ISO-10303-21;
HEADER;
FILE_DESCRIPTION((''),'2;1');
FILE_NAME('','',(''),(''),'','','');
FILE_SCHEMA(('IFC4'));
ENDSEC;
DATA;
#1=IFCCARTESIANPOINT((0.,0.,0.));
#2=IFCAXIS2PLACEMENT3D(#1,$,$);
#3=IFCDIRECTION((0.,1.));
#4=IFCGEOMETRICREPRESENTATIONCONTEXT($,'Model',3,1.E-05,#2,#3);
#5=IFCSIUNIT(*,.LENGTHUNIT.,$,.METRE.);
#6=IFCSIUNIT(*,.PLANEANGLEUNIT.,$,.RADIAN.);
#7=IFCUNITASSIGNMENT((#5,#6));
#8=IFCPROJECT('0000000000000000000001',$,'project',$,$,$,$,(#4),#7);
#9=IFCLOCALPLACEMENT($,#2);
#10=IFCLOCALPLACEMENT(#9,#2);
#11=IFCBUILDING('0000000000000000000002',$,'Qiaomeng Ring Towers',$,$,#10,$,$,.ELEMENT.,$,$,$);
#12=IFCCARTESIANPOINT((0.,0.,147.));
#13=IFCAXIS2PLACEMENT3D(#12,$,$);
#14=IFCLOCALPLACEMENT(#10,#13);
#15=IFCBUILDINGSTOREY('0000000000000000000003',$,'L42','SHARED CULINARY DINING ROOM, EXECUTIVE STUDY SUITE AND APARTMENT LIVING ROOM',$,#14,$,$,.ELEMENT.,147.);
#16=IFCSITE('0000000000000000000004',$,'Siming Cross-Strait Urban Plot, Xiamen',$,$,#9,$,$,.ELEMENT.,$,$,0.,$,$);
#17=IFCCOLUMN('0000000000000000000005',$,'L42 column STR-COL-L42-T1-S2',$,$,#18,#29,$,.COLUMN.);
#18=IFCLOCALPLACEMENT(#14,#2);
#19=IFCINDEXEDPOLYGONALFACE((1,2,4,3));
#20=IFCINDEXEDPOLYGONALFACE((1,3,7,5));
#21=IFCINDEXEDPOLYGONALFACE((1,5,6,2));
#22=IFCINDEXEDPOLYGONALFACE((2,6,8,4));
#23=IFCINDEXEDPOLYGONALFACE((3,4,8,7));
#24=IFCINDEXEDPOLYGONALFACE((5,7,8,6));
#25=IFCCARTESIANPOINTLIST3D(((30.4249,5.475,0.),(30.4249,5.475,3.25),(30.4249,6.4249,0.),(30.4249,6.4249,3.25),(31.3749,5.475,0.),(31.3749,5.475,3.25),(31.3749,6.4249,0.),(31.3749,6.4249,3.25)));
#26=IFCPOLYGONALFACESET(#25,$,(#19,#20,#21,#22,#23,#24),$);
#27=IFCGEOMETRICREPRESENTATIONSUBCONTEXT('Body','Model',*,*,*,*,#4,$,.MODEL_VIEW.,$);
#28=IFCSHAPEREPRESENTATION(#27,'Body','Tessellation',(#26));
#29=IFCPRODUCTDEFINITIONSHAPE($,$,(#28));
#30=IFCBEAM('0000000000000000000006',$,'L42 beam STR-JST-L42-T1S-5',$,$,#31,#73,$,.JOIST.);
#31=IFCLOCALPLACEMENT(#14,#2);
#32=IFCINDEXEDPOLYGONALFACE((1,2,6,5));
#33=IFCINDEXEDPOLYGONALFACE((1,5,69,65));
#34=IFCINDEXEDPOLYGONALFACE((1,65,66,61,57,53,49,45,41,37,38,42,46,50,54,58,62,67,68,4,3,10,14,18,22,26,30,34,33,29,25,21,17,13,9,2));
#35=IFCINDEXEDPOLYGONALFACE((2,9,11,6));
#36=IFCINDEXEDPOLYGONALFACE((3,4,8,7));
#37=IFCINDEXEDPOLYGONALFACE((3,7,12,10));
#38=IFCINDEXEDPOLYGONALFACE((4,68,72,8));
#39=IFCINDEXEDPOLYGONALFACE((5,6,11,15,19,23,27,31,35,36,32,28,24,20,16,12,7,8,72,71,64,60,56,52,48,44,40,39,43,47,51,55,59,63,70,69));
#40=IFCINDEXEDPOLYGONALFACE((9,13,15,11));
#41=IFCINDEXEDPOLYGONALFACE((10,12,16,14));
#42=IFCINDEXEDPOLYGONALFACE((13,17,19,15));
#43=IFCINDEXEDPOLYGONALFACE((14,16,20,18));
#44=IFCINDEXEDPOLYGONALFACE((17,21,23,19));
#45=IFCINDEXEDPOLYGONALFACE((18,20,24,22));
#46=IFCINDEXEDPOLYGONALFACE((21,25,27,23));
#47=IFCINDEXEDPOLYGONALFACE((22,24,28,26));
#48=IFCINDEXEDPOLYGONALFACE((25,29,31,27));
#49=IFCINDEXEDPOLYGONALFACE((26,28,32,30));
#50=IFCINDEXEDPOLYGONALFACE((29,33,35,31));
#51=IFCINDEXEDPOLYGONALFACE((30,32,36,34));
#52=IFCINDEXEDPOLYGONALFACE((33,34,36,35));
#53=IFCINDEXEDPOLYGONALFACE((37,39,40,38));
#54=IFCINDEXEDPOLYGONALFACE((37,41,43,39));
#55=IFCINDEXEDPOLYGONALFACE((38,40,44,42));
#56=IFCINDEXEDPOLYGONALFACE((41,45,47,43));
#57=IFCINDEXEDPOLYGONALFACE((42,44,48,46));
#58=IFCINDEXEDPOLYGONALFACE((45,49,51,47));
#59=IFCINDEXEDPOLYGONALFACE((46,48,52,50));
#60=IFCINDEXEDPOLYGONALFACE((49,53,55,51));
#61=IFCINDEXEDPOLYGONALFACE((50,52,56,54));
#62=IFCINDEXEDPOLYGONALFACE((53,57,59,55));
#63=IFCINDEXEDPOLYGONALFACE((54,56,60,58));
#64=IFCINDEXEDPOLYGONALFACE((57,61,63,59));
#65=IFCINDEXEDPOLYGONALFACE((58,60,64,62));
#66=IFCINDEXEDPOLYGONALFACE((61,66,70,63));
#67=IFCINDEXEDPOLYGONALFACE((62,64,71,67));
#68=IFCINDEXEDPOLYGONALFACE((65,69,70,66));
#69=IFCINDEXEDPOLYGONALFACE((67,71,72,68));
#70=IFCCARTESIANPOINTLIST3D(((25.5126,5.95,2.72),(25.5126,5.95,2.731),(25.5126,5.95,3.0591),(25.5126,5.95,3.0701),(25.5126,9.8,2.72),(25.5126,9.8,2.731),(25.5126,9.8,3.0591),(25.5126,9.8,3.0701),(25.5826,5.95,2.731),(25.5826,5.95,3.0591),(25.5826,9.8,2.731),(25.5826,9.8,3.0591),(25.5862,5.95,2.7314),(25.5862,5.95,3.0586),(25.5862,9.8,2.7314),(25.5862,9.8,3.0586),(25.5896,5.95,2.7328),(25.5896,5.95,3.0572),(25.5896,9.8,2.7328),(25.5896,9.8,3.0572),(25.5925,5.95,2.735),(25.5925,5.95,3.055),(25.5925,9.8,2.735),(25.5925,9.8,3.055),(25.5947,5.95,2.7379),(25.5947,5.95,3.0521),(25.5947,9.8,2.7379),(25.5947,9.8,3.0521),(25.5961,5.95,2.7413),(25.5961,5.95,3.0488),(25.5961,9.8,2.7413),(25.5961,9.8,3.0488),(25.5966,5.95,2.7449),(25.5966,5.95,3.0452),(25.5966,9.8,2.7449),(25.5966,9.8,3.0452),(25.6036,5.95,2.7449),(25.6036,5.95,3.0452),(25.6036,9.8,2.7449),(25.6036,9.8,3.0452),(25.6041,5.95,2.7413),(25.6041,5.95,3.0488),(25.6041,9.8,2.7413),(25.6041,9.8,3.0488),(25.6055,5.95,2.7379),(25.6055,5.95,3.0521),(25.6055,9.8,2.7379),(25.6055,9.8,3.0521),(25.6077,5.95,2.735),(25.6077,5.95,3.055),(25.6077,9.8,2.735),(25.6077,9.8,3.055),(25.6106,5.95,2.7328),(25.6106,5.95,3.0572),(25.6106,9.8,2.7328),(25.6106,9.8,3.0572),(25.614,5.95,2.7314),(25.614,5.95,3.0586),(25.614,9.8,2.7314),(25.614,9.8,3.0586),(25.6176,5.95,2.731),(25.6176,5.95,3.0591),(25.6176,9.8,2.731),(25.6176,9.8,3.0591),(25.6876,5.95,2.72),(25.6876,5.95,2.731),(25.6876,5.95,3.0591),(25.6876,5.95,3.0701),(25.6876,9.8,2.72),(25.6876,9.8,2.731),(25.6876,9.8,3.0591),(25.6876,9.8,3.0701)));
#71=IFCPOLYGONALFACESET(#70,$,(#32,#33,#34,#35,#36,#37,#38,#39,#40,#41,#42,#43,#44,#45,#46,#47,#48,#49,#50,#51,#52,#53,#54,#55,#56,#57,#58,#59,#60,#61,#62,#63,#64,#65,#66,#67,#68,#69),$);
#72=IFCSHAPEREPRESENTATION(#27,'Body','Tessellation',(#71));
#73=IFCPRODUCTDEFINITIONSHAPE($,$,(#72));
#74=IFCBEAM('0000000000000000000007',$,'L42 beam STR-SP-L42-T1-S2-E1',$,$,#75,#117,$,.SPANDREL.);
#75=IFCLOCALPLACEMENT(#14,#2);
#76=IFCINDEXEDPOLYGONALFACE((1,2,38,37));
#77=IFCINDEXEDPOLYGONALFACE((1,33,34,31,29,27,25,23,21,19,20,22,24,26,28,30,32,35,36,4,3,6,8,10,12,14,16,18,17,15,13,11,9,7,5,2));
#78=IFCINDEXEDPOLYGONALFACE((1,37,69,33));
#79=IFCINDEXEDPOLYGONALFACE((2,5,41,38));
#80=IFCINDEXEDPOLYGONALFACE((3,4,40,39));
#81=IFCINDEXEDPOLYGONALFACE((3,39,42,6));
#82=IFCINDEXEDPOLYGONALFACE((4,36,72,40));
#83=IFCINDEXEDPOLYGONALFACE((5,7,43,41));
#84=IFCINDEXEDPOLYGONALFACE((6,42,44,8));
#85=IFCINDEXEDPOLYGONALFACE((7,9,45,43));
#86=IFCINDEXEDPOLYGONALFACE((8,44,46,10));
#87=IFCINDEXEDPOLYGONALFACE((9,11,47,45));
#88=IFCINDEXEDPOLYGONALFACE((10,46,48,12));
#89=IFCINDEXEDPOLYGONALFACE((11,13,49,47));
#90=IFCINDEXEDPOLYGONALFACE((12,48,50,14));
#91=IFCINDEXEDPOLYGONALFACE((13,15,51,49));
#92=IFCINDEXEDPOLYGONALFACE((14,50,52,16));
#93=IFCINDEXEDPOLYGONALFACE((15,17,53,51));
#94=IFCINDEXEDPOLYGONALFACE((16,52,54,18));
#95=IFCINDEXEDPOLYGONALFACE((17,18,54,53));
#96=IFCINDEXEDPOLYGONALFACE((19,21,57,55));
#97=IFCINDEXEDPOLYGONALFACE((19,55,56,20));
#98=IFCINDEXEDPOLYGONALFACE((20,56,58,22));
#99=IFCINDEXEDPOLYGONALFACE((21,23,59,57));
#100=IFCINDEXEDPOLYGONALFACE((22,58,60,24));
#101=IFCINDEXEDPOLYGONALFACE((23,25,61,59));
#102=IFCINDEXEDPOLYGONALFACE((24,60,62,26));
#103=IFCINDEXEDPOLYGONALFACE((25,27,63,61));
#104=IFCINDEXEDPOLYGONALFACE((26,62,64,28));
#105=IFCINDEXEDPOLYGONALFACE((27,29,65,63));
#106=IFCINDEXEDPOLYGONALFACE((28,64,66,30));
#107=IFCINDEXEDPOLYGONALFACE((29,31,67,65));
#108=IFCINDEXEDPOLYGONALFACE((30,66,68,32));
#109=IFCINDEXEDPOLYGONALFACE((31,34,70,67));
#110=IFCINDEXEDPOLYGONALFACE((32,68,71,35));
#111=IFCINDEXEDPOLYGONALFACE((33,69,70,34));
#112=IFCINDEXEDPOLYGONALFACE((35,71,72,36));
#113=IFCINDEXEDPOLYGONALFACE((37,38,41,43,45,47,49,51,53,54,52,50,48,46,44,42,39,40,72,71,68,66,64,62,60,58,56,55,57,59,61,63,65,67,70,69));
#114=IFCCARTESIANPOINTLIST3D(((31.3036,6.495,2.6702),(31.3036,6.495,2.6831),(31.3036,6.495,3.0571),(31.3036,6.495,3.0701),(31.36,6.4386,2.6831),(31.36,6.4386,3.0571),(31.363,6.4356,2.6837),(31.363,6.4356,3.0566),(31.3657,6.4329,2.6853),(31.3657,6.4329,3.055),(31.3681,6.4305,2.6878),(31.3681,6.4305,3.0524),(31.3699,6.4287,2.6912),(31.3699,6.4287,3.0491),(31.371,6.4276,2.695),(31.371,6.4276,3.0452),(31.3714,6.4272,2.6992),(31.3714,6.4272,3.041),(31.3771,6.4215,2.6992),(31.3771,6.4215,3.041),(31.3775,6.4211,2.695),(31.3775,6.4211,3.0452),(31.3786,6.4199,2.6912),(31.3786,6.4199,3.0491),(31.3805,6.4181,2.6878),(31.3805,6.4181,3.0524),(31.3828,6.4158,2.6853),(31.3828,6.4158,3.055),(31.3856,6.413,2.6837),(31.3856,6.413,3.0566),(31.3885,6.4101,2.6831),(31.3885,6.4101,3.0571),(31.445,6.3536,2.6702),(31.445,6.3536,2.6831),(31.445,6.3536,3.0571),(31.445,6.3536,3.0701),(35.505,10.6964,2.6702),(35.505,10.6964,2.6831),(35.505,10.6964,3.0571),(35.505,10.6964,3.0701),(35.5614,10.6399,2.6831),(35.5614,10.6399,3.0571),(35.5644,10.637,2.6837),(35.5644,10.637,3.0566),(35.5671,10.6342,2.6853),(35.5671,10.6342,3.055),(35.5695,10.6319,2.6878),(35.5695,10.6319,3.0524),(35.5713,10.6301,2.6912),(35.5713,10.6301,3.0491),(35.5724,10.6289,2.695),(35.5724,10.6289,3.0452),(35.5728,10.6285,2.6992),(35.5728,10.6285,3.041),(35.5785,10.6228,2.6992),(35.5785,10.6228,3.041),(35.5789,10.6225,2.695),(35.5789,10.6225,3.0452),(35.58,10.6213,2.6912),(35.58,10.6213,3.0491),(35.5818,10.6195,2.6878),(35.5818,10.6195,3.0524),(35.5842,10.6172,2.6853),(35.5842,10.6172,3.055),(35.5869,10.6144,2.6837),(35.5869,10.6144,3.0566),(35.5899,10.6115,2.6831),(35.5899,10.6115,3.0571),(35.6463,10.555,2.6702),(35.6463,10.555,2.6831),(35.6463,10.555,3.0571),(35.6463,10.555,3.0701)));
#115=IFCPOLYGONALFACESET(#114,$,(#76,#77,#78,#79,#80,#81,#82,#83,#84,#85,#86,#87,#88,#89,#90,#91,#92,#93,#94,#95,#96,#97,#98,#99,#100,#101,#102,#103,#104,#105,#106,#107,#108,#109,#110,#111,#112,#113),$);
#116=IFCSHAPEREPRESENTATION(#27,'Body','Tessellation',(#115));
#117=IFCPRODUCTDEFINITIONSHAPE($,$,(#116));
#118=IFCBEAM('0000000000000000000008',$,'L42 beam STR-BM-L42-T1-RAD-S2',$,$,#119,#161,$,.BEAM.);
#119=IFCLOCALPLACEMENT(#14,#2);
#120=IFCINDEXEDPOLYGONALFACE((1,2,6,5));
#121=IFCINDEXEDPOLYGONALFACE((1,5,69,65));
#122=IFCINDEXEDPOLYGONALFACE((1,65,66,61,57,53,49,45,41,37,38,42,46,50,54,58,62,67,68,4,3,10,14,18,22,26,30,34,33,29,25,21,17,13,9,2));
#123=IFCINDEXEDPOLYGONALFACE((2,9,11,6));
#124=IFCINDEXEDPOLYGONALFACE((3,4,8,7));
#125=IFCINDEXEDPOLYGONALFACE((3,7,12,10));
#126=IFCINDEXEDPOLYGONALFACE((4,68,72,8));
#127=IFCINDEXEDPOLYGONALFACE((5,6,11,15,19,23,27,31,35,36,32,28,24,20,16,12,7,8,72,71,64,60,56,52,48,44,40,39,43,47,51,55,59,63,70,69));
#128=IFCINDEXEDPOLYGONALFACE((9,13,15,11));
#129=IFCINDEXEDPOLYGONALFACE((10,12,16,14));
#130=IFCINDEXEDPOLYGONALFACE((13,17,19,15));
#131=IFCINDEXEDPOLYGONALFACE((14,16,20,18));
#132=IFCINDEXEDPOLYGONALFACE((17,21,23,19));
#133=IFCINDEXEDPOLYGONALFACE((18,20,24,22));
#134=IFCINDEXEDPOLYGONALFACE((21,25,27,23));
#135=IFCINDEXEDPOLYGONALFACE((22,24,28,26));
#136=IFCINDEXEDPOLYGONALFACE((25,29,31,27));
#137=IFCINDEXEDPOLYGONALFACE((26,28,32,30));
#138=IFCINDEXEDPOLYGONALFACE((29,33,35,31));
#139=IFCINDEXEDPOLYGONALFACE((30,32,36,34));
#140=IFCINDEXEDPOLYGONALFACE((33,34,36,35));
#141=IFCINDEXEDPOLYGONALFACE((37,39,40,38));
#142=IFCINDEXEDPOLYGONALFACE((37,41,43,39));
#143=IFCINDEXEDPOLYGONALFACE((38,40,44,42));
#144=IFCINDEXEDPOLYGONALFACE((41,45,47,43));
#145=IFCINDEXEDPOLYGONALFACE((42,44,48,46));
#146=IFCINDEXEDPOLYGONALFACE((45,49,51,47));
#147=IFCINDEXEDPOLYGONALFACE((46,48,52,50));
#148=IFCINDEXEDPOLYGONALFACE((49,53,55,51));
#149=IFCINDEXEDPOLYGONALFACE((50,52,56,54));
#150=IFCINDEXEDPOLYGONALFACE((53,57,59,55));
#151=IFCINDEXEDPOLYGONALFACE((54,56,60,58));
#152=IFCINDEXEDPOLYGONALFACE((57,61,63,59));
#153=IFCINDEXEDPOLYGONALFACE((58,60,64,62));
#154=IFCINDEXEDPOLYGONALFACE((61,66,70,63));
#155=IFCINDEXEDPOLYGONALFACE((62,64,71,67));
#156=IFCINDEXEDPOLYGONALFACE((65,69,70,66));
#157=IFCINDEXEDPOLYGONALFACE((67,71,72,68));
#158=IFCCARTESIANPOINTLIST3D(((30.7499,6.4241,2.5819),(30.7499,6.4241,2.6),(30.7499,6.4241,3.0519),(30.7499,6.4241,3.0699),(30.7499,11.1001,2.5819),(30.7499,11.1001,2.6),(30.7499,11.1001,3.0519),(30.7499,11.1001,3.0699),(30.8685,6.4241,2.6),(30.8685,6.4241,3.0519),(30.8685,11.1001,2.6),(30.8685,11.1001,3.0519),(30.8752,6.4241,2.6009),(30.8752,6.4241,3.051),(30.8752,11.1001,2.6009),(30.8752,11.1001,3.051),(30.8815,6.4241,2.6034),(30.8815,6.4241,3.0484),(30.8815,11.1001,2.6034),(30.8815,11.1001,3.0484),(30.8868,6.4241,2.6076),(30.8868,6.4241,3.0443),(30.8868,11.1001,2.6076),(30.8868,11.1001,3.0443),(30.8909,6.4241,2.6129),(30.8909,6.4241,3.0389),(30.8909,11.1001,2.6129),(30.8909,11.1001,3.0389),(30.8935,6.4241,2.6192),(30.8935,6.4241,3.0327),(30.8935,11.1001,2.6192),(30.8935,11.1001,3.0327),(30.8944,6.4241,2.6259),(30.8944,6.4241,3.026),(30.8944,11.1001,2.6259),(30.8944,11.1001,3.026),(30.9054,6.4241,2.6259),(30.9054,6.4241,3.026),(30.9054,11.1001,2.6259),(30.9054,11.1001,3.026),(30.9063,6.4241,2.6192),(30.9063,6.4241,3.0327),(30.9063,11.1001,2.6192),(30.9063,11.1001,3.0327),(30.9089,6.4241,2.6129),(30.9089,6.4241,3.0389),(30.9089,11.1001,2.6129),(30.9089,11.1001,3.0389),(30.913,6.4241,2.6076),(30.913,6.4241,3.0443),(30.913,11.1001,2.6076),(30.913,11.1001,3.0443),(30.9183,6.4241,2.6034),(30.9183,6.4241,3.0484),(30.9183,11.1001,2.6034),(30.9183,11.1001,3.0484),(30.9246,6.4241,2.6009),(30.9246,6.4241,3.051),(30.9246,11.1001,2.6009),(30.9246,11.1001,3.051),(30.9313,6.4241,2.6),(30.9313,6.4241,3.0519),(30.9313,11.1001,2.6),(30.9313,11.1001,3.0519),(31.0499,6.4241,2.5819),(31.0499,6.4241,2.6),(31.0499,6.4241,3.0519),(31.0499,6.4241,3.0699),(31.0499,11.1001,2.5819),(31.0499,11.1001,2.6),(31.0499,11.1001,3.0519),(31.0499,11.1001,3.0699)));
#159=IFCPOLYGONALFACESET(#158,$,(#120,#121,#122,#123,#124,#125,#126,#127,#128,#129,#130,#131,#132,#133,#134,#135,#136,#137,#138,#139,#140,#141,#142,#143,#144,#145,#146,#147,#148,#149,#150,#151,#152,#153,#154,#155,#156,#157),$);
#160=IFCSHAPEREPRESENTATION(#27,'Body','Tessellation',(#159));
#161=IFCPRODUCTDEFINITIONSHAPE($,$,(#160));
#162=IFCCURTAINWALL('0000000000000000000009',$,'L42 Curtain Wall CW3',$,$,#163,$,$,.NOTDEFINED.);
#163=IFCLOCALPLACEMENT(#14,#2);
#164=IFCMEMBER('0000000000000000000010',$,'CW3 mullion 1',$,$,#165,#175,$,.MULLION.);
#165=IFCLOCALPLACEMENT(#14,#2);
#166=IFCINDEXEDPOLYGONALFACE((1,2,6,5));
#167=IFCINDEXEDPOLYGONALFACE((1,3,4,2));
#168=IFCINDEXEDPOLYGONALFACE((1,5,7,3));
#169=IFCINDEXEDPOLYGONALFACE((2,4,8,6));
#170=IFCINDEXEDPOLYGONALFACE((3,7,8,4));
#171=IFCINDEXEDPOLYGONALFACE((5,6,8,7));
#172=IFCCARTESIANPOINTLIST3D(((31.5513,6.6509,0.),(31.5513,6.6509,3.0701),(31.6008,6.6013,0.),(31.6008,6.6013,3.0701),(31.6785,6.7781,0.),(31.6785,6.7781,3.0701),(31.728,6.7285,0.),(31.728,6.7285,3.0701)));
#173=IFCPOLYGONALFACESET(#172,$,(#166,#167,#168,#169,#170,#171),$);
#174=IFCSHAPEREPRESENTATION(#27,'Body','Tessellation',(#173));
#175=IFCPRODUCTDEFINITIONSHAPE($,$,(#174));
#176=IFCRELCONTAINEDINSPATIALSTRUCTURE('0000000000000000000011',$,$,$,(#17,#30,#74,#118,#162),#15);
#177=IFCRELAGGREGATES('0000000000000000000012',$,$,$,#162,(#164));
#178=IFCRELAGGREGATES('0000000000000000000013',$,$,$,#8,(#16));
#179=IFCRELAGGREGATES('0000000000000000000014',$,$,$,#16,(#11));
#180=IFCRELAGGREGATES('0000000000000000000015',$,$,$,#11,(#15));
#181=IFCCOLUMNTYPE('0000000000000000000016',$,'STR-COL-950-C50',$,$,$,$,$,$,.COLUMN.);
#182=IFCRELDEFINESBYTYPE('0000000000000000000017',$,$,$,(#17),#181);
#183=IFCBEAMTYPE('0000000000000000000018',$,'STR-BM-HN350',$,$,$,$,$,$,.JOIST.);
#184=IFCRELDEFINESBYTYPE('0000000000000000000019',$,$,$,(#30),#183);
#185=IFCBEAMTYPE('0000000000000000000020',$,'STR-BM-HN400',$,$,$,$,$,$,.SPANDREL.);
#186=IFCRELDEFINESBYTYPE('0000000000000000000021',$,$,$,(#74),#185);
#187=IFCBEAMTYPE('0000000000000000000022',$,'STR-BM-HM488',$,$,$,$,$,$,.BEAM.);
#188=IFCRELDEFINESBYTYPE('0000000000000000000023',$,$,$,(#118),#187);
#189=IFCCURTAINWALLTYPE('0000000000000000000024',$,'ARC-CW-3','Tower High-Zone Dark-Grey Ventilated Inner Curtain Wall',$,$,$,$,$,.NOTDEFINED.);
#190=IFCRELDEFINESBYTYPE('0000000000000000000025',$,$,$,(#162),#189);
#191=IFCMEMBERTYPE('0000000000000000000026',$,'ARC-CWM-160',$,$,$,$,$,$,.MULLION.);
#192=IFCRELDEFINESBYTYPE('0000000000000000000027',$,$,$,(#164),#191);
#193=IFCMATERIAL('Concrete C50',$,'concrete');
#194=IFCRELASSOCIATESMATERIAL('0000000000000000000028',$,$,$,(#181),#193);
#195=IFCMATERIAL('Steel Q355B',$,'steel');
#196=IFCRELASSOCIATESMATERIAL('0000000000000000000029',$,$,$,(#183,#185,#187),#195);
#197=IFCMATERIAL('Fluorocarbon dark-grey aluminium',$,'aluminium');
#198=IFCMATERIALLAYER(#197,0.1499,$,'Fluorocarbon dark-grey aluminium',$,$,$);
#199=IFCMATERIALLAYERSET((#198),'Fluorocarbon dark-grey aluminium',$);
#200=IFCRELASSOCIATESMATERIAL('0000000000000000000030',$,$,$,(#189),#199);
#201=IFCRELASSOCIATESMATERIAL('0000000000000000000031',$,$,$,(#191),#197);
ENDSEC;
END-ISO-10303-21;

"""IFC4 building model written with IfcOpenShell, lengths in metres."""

from ifc_helpers import new_model, si_unit, direction, frame, origin, origin_2d, place, context, subcontext, project, spatial, rectangle, i_section, extrude, source, transform, mapped, material, layer, layer_set, material_profile, profile_set, type_object, element, aggregate, save


model = new_model("IFC4")

# Units and contexts
model_context = context("Model", 3, precision=1e-05, world=origin(), true_north=direction((0.0, 1.0)))
body_context = subcontext(model_context, "Body", "Model", "MODEL_VIEW")
ifc_project = project(units=[si_unit("LENGTHUNIT", "METRE"), si_unit("PLANEANGLEUNIT", "RADIAN")], contexts=[model_context])

# Site, building, storey
site_placement = place(None, origin())
site = spatial("IfcSite", under=ifc_project, at=site_placement, Name="Siming Cross-Strait Urban Plot, Xiamen", CompositionType="ELEMENT", RefElevation=0.0)
building_placement = place(site_placement, origin())
building = spatial("IfcBuilding", under=site, at=building_placement, Name="Qiaomeng Ring Towers", CompositionType="ELEMENT")
storey_placement = place(building_placement, frame((0.0, 0.0, 147.0)))
storey = spatial("IfcBuildingStorey", under=building, at=storey_placement, Name="L42", Description="SHARED CULINARY DINING ROOM, EXECUTIVE STUDY SUITE AND APARTMENT LIVING ROOM", CompositionType="ELEMENT", Elevation=147.0)

# Column
ifc_material_1 = material(Name="Concrete C50", Category="concrete")
ifc_material_profile_1 = material_profile(ifc_material_1, rectangle(XDim=0.95, YDim=0.95, at=origin_2d()), Name="RC COL 950x950")
ifc_profile_set_1 = profile_set([ifc_material_profile_1], Name="Concrete C50")
column_type = type_object("IfcColumnType", Name="STR-COL-950-C50", PredefinedType="COLUMN", material=ifc_profile_set_1)
shared_shape_1 = source(origin(), body_context, "Body", "SweptSolid", [
    extrude(rectangle(XDim=0.95, YDim=0.95, at=origin_2d()), origin(), (0.0, 0.0, 1.0), 3.25),
])
column_placement = place(storey_placement, frame((30.8999, 5.95, 0.0), z_axis=(0.0, 0.0, 1.0), x_axis=(1.0, 0.0, 0.0)))
element("IfcColumn", 1, at=column_placement, inside=storey, type_object=column_type, Name="L42 column STR-COL-L42-T1-S2", PredefinedType="COLUMN", context=body_context, shape_type="MappedRepresentation", body=[
    mapped(shared_shape_1, transform((0.0, 0.0, 0.0), x_axis=(1.0, 0.0, 0.0), y_axis=(0.0, 1.0, 0.0), z_axis=(0.0, 0.0, 1.0), scale=1.0)),
])

# Beams
ifc_material_2 = material(Name="Steel Q355B", Category="steel")
ifc_material_profile_2 = material_profile(ifc_material_2, i_section(OverallWidth=0.175, OverallDepth=0.3501, WebThickness=0.0071, FlangeThickness=0.011, FilletRadius=0.0139, at=origin_2d()), Name="HN 350x175x7x11")
ifc_profile_set_2 = profile_set([ifc_material_profile_2], Name="Steel Q355B")
beam_type_1 = type_object("IfcBeamType", Name="STR-BM-HN350", PredefinedType="JOIST", material=ifc_profile_set_2)
shared_shape_2 = source(origin(), body_context, "Body", "SweptSolid", [
    extrude(i_section(OverallWidth=0.175, OverallDepth=0.3501, WebThickness=0.0071, FlangeThickness=0.011, FilletRadius=0.0139, at=origin_2d()), origin(), (0.0, 0.0, 1.0), 3.8501),
])
beam_1_placement = place(storey_placement, frame((25.6001, 5.95, 2.895), z_axis=(0.0, 1.0, 0.0), x_axis=(-1.0, 0.0, 0.0)))
element("IfcBeam", 2, at=beam_1_placement, inside=storey, type_object=beam_type_1, Name="L42 beam STR-JST-L42-T1S-5", PredefinedType="JOIST", context=body_context, shape_type="MappedRepresentation", body=[
    mapped(shared_shape_2, transform((0.0, 0.0, 0.0), x_axis=(1.0, 0.0, 0.0), y_axis=(0.0, 1.0, 0.0), z_axis=(0.0, 0.0, 1.0), scale=1.0)),
])
ifc_material_profile_3 = material_profile(ifc_material_2, i_section(OverallWidth=0.2, OverallDepth=0.3999, WebThickness=0.0081, FlangeThickness=0.0129, FilletRadius=0.0161, at=origin_2d()), Name="HN 400x200x8x13")
ifc_profile_set_3 = profile_set([ifc_material_profile_3], Name="Steel Q355B")
beam_type_2 = type_object("IfcBeamType", Name="STR-BM-HN400", PredefinedType="SPANDREL", material=ifc_profile_set_3)
shared_shape_3 = source(origin(), body_context, "Body", "SweptSolid", [
    extrude(i_section(OverallWidth=0.2, OverallDepth=0.3999, WebThickness=0.0081, FlangeThickness=0.0129, FilletRadius=0.0161, at=origin_2d()), origin(), (0.0, 0.0, 1.0), 5.9417),
])
beam_2_placement = place(storey_placement, frame((31.3743, 6.4243, 2.8701), z_axis=(0.707107, 0.707107, 0.0), x_axis=(-0.707107, 0.707107, 0.0)))
element("IfcBeam", 3, at=beam_2_placement, inside=storey, type_object=beam_type_2, Name="L42 beam STR-SP-L42-T1-S2-E1", PredefinedType="SPANDREL", context=body_context, shape_type="MappedRepresentation", body=[
    mapped(shared_shape_3, transform((0.0, 0.0, 0.0), x_axis=(1.0, 0.0, 0.0), y_axis=(0.0, 1.0, 0.0), z_axis=(0.0, 0.0, 1.0), scale=1.0)),
])
ifc_material_profile_4 = material_profile(ifc_material_2, i_section(OverallWidth=0.3, OverallDepth=0.488, WebThickness=0.011, FlangeThickness=0.0181, FilletRadius=0.0259, at=origin_2d()), Name="HM 488x300x11x18")
ifc_profile_set_4 = profile_set([ifc_material_profile_4], Name="Steel Q355B")
beam_type_3 = type_object("IfcBeamType", Name="STR-BM-HM488", PredefinedType="BEAM", material=ifc_profile_set_4)
shared_shape_4 = source(origin(), body_context, "Body", "SweptSolid", [
    extrude(i_section(OverallWidth=0.3, OverallDepth=0.488, WebThickness=0.011, FlangeThickness=0.0181, FilletRadius=0.0259, at=origin_2d()), origin(), (0.0, 0.0, 1.0), 4.676),
])
beam_3_placement = place(storey_placement, frame((30.8999, 6.4241, 2.8259), z_axis=(0.0, 1.0, 0.0), x_axis=(-1.0, 0.0, 0.0)))
element("IfcBeam", 4, at=beam_3_placement, inside=storey, type_object=beam_type_3, Name="L42 beam STR-BM-L42-T1-RAD-S2", PredefinedType="BEAM", context=body_context, shape_type="MappedRepresentation", body=[
    mapped(shared_shape_4, transform((0.0, 0.0, 0.0), x_axis=(1.0, 0.0, 0.0), y_axis=(0.0, 1.0, 0.0), z_axis=(0.0, 0.0, 1.0), scale=1.0)),
])

# Curtain wall, member
ifc_material_3 = material(Name="Fluorocarbon dark-grey aluminium", Category="aluminium")
ifc_layer_1 = layer(ifc_material_3, 0.1499, Name="Fluorocarbon dark-grey aluminium")
ifc_layer_set_1 = layer_set([ifc_layer_1], Name="Fluorocarbon dark-grey aluminium")
curtain_wall_type = type_object("IfcCurtainWallType", Name="ARC-CW-3", Description="Tower High-Zone Dark-Grey Ventilated Inner Curtain Wall", PredefinedType="NOTDEFINED", material=ifc_layer_set_1)
curtain_wall_placement = place(storey_placement, origin())
curtain_wall = element("IfcCurtainWall", 5, at=curtain_wall_placement, inside=storey, type_object=curtain_wall_type, Name="L42 Curtain Wall CW3", PredefinedType="NOTDEFINED")
ifc_material_profile_5 = material_profile(ifc_material_3, rectangle(XDim=0.0701, YDim=0.1799, at=origin_2d()), Name="ALU MULL 70x180")
ifc_profile_set_5 = profile_set([ifc_material_profile_5], Name="Fluorocarbon dark-grey aluminium")
member_type_1 = type_object("IfcMemberType", Name="ARC-CWM-160", PredefinedType="MULLION", material=ifc_profile_set_5)
shared_shape_5 = source(origin(), body_context, "Body", "SweptSolid", [
    extrude(rectangle(XDim=0.0701, YDim=0.1799, at=origin_2d()), origin(), (0.0, 0.0, 1.0), 3.0701),
])
member_1_placement = place(storey_placement, frame((31.6396, 6.6897, 0.0), z_axis=(0.0, 0.0, 1.0), x_axis=(-0.707107, 0.707107, 0.0)))
member_1 = element("IfcMember", 6, at=member_1_placement, type_object=member_type_1, Name="CW3 mullion 1", PredefinedType="MULLION", context=body_context, shape_type="MappedRepresentation", body=[
    mapped(shared_shape_5, transform((0.0, 0.0, 0.0), x_axis=(1.0, 0.0, 0.0), y_axis=(0.0, 1.0, 0.0), z_axis=(0.0, 0.0, 1.0), scale=1.0)),
])
aggregate(curtain_wall, [member_1])

save(model, "model.ifc")
